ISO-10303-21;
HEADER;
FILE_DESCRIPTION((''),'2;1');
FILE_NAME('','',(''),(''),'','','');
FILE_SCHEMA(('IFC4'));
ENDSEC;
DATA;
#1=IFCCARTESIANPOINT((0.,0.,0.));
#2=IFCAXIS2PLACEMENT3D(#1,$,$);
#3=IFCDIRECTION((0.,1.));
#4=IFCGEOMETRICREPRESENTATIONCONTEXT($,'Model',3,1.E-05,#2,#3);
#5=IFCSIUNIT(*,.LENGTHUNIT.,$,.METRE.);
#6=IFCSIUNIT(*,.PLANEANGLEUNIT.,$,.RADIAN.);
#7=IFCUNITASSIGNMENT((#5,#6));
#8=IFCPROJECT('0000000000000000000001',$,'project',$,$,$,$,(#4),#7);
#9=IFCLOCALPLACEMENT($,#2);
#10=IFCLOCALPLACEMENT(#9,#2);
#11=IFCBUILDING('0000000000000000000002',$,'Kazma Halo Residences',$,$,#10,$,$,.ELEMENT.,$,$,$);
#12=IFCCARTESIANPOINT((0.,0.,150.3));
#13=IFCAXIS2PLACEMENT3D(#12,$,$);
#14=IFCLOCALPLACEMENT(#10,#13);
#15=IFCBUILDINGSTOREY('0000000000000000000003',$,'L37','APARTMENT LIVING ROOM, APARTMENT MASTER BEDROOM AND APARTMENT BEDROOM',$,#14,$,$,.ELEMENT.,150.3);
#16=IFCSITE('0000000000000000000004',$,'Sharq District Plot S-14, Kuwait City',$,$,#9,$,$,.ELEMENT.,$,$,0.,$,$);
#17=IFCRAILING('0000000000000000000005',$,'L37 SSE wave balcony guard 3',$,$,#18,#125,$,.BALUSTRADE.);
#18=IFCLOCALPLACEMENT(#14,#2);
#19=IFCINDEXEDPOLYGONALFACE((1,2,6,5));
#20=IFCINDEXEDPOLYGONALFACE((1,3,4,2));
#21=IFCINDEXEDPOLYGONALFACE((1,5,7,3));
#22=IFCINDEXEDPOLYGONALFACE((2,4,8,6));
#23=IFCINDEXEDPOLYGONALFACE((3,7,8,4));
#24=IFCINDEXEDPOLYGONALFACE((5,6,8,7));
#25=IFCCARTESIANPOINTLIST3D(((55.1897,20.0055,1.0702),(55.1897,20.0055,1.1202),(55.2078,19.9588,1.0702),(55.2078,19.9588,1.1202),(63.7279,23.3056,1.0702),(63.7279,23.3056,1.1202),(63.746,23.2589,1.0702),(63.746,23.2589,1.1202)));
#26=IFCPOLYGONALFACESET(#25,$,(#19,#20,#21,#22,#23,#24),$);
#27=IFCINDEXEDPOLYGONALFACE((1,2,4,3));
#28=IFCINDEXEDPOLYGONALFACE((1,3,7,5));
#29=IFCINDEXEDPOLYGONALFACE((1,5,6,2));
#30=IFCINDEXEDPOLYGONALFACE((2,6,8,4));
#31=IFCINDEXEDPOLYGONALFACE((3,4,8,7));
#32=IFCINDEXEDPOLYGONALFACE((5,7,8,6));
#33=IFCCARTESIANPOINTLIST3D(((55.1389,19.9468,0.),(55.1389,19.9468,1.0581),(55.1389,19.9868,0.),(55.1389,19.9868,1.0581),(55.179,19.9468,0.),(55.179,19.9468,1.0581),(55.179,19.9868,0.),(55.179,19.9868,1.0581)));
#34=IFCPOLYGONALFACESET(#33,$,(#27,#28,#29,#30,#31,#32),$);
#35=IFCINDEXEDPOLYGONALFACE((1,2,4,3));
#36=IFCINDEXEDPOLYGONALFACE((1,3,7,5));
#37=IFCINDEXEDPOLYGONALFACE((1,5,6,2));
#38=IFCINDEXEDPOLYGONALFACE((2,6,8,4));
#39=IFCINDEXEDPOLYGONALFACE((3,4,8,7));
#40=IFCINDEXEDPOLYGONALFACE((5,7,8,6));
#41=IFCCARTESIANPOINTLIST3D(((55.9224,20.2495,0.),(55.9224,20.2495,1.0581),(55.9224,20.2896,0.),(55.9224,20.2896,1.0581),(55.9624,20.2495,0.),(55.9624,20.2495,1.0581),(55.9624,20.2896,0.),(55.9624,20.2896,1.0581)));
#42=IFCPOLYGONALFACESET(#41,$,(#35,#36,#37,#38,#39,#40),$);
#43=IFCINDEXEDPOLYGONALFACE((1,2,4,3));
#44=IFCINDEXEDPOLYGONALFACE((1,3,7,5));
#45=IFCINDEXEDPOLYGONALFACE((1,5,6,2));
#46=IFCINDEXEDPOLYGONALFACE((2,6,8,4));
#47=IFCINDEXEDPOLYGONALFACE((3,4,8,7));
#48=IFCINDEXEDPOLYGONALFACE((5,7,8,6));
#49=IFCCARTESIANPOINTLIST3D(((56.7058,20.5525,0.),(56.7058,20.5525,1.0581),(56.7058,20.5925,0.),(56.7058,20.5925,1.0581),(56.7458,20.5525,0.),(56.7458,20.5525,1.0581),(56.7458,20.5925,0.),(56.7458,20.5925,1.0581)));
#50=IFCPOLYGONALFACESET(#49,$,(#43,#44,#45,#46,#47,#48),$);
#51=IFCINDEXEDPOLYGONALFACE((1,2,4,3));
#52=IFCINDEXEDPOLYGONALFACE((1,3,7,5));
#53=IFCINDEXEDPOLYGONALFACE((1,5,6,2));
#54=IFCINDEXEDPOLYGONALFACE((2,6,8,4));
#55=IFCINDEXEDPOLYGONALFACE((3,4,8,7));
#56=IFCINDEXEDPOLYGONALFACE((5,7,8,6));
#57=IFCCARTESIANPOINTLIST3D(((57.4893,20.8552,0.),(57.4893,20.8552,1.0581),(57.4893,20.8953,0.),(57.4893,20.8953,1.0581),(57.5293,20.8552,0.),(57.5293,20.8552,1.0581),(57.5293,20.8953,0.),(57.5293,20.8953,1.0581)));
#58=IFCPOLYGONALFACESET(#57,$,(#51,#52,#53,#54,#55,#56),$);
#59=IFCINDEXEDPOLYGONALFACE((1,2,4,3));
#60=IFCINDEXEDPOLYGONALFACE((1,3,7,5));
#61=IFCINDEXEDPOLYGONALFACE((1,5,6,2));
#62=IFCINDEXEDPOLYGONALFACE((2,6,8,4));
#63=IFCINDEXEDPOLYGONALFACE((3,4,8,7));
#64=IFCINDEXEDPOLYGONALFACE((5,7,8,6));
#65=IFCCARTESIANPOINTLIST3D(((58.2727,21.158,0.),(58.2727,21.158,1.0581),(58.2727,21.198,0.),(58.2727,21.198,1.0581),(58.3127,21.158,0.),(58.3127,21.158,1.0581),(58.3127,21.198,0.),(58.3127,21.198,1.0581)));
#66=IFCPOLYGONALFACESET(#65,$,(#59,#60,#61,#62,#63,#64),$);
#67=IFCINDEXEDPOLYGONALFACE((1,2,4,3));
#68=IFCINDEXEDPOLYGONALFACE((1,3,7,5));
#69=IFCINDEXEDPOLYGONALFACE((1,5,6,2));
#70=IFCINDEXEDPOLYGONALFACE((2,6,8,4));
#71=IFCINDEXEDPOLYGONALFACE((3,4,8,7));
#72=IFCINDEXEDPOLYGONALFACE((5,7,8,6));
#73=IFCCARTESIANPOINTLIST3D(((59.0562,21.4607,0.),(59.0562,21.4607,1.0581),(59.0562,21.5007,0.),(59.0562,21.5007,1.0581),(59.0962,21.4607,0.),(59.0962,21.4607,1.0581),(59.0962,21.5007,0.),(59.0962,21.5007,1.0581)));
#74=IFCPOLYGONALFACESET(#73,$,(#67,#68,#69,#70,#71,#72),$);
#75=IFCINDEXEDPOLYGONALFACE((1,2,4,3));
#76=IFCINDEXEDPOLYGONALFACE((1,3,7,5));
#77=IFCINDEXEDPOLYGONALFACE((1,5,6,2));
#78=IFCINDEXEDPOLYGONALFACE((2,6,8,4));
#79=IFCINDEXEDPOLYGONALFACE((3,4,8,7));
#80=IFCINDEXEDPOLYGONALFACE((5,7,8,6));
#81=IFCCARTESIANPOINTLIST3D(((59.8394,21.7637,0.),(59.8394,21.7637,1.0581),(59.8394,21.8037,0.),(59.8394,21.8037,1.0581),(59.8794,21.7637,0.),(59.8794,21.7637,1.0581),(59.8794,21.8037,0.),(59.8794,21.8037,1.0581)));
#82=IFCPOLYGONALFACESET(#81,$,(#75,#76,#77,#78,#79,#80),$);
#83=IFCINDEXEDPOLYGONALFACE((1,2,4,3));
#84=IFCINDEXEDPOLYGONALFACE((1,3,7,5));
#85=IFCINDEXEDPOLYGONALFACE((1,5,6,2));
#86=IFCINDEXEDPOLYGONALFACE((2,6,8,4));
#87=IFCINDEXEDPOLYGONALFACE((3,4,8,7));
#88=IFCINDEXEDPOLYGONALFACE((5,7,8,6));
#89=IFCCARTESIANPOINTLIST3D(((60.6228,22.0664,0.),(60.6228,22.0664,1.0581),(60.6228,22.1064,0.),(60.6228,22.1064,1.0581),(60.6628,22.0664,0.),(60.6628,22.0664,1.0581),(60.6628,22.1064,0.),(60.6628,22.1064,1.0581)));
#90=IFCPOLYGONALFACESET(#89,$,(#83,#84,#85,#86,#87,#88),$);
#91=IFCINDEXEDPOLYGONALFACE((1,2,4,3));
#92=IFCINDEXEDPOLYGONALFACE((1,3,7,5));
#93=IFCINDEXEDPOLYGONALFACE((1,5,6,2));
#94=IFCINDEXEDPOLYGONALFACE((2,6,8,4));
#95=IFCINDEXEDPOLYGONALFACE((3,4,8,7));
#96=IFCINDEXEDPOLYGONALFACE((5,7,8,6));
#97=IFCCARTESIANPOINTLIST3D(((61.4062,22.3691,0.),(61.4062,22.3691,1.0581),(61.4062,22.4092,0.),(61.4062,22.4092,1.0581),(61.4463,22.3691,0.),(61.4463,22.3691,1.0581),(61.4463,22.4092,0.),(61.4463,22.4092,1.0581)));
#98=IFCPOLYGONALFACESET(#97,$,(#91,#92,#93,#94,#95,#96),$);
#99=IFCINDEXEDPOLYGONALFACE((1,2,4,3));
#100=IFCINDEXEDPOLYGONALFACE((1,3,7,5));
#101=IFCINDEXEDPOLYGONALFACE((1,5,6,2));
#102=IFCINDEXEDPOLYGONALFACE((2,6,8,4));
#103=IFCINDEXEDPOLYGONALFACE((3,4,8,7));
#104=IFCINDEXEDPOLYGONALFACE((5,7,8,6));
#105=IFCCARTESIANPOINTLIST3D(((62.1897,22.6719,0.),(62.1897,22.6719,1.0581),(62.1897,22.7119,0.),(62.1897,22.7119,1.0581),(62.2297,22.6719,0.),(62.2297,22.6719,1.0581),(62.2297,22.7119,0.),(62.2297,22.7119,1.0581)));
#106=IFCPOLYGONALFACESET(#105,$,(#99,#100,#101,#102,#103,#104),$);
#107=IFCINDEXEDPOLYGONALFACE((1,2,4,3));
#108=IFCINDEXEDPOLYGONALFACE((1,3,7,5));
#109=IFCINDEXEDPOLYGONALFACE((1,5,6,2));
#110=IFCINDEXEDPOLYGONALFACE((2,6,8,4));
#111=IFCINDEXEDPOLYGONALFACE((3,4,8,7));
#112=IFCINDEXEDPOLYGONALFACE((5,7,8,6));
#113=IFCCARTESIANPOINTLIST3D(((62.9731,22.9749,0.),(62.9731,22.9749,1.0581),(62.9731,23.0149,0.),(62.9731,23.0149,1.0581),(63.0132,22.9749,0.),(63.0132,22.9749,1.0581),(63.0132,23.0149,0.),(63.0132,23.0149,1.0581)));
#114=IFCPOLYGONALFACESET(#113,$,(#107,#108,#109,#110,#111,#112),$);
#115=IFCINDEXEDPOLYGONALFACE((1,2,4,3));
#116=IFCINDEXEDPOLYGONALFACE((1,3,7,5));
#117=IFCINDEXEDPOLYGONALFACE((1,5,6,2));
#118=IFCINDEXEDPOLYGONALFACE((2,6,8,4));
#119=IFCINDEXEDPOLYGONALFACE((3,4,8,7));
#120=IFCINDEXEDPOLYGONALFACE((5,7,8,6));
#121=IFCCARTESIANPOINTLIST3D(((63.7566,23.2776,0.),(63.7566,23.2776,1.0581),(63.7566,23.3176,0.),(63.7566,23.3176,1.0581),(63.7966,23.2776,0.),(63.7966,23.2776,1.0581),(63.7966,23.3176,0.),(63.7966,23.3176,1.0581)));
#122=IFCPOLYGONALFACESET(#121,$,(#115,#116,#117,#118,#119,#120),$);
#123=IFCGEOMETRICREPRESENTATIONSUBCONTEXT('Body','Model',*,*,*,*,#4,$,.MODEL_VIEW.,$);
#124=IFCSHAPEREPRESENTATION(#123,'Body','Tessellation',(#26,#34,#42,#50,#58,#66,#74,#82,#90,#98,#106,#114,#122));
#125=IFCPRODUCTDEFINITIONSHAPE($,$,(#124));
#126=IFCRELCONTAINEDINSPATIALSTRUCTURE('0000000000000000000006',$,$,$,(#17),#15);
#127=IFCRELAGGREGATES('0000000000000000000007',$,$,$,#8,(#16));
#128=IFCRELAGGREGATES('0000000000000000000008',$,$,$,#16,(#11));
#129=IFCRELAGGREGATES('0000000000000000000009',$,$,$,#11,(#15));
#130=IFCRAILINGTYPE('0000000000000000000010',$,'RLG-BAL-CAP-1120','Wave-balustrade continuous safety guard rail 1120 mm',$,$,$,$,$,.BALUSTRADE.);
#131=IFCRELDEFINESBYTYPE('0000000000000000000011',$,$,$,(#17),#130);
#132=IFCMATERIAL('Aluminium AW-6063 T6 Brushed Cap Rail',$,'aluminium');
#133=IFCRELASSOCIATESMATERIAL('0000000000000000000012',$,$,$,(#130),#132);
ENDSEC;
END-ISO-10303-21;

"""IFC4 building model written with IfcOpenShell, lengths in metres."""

from ifc_helpers import new_model, si_unit, direction, frame, origin, origin_2d, place, context, subcontext, project, spatial, rectangle, extrude, material, type_object, element, save


model = new_model("IFC4")

# Units and contexts
model_context = context("Model", 3, precision=1e-05, world=origin(), true_north=direction((0.0, 1.0)))
body_context = subcontext(model_context, "Body", "Model", "MODEL_VIEW")
ifc_project = project(units=[si_unit("LENGTHUNIT", "METRE"), si_unit("PLANEANGLEUNIT", "RADIAN")], contexts=[model_context])

# Site, building, storey
site_placement = place(None, origin())
site = spatial("IfcSite", under=ifc_project, at=site_placement, Name="Sharq District Plot S-14, Kuwait City", CompositionType="ELEMENT", RefElevation=0.0)
building_placement = place(site_placement, origin())
building = spatial("IfcBuilding", under=site, at=building_placement, Name="Kazma Halo Residences", CompositionType="ELEMENT")
storey_placement = place(building_placement, frame((0.0, 0.0, 150.3)))
storey = spatial("IfcBuildingStorey", under=building, at=storey_placement, Name="L37", Description="APARTMENT LIVING ROOM, APARTMENT MASTER BEDROOM AND APARTMENT BEDROOM", CompositionType="ELEMENT", Elevation=150.3)

# Railing
ifc_material_1 = material(Name="Aluminium AW-6063 T6 Brushed Cap Rail", Category="aluminium")
railing_type = type_object("IfcRailingType", Name="RLG-BAL-CAP-1120", Description="Wave-balustrade continuous safety guard rail 1120 mm", PredefinedType="BALUSTRADE", material=ifc_material_1)
railing_placement = place(storey_placement, frame((55.1589, 19.9668, 0.0)))
element("IfcRailing", 1, at=railing_placement, inside=storey, type_object=railing_type, Name="L37 SSE wave balcony guard 3", PredefinedType="BALUSTRADE", context=body_context, shape_type="SweptSolid", body=[
    extrude(rectangle(XDim=0.05, YDim=0.05, at=origin_2d()), frame((0.0398, 0.0154, 1.0952), z_axis=(0.932752, 0.360517, 0.0), x_axis=(-0.360517, 0.932752, 0.0)), (0.0, 0.0, 1.0), 9.1538),
    extrude(rectangle(XDim=0.04, YDim=0.04, at=origin_2d()), origin(), (0.0, 0.0, 1.0), 1.0581),
    extrude(rectangle(XDim=0.04, YDim=0.04, at=origin_2d()), frame((0.7834, 0.3027, 0.0)), (0.0, 0.0, 1.0), 1.0581),
    extrude(rectangle(XDim=0.04, YDim=0.04, at=origin_2d()), frame((1.5669, 0.6057, 0.0)), (0.0, 0.0, 1.0), 1.0581),
    extrude(rectangle(XDim=0.04, YDim=0.04, at=origin_2d()), frame((2.3503, 0.9084, 0.0)), (0.0, 0.0, 1.0), 1.0581),
    extrude(rectangle(XDim=0.04, YDim=0.04, at=origin_2d()), frame((3.1338, 1.2112, 0.0)), (0.0, 0.0, 1.0), 1.0581),
    extrude(rectangle(XDim=0.04, YDim=0.04, at=origin_2d()), frame((3.9172, 1.5139, 0.0)), (0.0, 0.0, 1.0), 1.0581),
    extrude(rectangle(XDim=0.04, YDim=0.04, at=origin_2d()), frame((4.7004, 1.8169, 0.0)), (0.0, 0.0, 1.0), 1.0581),
    extrude(rectangle(XDim=0.04, YDim=0.04, at=origin_2d()), frame((5.4839, 2.1196, 0.0)), (0.0, 0.0, 1.0), 1.0581),
    extrude(rectangle(XDim=0.04, YDim=0.04, at=origin_2d()), frame((6.2673, 2.4224, 0.0)), (0.0, 0.0, 1.0), 1.0581),
    extrude(rectangle(XDim=0.04, YDim=0.04, at=origin_2d()), frame((7.0508, 2.7251, 0.0)), (0.0, 0.0, 1.0), 1.0581),
    extrude(rectangle(XDim=0.04, YDim=0.04, at=origin_2d()), frame((7.8342, 3.0281, 0.0)), (0.0, 0.0, 1.0), 1.0581),
    extrude(rectangle(XDim=0.04, YDim=0.04, at=origin_2d()), frame((8.6177, 3.3308, 0.0)), (0.0, 0.0, 1.0), 1.0581),
])

save(model, "model.ifc")
